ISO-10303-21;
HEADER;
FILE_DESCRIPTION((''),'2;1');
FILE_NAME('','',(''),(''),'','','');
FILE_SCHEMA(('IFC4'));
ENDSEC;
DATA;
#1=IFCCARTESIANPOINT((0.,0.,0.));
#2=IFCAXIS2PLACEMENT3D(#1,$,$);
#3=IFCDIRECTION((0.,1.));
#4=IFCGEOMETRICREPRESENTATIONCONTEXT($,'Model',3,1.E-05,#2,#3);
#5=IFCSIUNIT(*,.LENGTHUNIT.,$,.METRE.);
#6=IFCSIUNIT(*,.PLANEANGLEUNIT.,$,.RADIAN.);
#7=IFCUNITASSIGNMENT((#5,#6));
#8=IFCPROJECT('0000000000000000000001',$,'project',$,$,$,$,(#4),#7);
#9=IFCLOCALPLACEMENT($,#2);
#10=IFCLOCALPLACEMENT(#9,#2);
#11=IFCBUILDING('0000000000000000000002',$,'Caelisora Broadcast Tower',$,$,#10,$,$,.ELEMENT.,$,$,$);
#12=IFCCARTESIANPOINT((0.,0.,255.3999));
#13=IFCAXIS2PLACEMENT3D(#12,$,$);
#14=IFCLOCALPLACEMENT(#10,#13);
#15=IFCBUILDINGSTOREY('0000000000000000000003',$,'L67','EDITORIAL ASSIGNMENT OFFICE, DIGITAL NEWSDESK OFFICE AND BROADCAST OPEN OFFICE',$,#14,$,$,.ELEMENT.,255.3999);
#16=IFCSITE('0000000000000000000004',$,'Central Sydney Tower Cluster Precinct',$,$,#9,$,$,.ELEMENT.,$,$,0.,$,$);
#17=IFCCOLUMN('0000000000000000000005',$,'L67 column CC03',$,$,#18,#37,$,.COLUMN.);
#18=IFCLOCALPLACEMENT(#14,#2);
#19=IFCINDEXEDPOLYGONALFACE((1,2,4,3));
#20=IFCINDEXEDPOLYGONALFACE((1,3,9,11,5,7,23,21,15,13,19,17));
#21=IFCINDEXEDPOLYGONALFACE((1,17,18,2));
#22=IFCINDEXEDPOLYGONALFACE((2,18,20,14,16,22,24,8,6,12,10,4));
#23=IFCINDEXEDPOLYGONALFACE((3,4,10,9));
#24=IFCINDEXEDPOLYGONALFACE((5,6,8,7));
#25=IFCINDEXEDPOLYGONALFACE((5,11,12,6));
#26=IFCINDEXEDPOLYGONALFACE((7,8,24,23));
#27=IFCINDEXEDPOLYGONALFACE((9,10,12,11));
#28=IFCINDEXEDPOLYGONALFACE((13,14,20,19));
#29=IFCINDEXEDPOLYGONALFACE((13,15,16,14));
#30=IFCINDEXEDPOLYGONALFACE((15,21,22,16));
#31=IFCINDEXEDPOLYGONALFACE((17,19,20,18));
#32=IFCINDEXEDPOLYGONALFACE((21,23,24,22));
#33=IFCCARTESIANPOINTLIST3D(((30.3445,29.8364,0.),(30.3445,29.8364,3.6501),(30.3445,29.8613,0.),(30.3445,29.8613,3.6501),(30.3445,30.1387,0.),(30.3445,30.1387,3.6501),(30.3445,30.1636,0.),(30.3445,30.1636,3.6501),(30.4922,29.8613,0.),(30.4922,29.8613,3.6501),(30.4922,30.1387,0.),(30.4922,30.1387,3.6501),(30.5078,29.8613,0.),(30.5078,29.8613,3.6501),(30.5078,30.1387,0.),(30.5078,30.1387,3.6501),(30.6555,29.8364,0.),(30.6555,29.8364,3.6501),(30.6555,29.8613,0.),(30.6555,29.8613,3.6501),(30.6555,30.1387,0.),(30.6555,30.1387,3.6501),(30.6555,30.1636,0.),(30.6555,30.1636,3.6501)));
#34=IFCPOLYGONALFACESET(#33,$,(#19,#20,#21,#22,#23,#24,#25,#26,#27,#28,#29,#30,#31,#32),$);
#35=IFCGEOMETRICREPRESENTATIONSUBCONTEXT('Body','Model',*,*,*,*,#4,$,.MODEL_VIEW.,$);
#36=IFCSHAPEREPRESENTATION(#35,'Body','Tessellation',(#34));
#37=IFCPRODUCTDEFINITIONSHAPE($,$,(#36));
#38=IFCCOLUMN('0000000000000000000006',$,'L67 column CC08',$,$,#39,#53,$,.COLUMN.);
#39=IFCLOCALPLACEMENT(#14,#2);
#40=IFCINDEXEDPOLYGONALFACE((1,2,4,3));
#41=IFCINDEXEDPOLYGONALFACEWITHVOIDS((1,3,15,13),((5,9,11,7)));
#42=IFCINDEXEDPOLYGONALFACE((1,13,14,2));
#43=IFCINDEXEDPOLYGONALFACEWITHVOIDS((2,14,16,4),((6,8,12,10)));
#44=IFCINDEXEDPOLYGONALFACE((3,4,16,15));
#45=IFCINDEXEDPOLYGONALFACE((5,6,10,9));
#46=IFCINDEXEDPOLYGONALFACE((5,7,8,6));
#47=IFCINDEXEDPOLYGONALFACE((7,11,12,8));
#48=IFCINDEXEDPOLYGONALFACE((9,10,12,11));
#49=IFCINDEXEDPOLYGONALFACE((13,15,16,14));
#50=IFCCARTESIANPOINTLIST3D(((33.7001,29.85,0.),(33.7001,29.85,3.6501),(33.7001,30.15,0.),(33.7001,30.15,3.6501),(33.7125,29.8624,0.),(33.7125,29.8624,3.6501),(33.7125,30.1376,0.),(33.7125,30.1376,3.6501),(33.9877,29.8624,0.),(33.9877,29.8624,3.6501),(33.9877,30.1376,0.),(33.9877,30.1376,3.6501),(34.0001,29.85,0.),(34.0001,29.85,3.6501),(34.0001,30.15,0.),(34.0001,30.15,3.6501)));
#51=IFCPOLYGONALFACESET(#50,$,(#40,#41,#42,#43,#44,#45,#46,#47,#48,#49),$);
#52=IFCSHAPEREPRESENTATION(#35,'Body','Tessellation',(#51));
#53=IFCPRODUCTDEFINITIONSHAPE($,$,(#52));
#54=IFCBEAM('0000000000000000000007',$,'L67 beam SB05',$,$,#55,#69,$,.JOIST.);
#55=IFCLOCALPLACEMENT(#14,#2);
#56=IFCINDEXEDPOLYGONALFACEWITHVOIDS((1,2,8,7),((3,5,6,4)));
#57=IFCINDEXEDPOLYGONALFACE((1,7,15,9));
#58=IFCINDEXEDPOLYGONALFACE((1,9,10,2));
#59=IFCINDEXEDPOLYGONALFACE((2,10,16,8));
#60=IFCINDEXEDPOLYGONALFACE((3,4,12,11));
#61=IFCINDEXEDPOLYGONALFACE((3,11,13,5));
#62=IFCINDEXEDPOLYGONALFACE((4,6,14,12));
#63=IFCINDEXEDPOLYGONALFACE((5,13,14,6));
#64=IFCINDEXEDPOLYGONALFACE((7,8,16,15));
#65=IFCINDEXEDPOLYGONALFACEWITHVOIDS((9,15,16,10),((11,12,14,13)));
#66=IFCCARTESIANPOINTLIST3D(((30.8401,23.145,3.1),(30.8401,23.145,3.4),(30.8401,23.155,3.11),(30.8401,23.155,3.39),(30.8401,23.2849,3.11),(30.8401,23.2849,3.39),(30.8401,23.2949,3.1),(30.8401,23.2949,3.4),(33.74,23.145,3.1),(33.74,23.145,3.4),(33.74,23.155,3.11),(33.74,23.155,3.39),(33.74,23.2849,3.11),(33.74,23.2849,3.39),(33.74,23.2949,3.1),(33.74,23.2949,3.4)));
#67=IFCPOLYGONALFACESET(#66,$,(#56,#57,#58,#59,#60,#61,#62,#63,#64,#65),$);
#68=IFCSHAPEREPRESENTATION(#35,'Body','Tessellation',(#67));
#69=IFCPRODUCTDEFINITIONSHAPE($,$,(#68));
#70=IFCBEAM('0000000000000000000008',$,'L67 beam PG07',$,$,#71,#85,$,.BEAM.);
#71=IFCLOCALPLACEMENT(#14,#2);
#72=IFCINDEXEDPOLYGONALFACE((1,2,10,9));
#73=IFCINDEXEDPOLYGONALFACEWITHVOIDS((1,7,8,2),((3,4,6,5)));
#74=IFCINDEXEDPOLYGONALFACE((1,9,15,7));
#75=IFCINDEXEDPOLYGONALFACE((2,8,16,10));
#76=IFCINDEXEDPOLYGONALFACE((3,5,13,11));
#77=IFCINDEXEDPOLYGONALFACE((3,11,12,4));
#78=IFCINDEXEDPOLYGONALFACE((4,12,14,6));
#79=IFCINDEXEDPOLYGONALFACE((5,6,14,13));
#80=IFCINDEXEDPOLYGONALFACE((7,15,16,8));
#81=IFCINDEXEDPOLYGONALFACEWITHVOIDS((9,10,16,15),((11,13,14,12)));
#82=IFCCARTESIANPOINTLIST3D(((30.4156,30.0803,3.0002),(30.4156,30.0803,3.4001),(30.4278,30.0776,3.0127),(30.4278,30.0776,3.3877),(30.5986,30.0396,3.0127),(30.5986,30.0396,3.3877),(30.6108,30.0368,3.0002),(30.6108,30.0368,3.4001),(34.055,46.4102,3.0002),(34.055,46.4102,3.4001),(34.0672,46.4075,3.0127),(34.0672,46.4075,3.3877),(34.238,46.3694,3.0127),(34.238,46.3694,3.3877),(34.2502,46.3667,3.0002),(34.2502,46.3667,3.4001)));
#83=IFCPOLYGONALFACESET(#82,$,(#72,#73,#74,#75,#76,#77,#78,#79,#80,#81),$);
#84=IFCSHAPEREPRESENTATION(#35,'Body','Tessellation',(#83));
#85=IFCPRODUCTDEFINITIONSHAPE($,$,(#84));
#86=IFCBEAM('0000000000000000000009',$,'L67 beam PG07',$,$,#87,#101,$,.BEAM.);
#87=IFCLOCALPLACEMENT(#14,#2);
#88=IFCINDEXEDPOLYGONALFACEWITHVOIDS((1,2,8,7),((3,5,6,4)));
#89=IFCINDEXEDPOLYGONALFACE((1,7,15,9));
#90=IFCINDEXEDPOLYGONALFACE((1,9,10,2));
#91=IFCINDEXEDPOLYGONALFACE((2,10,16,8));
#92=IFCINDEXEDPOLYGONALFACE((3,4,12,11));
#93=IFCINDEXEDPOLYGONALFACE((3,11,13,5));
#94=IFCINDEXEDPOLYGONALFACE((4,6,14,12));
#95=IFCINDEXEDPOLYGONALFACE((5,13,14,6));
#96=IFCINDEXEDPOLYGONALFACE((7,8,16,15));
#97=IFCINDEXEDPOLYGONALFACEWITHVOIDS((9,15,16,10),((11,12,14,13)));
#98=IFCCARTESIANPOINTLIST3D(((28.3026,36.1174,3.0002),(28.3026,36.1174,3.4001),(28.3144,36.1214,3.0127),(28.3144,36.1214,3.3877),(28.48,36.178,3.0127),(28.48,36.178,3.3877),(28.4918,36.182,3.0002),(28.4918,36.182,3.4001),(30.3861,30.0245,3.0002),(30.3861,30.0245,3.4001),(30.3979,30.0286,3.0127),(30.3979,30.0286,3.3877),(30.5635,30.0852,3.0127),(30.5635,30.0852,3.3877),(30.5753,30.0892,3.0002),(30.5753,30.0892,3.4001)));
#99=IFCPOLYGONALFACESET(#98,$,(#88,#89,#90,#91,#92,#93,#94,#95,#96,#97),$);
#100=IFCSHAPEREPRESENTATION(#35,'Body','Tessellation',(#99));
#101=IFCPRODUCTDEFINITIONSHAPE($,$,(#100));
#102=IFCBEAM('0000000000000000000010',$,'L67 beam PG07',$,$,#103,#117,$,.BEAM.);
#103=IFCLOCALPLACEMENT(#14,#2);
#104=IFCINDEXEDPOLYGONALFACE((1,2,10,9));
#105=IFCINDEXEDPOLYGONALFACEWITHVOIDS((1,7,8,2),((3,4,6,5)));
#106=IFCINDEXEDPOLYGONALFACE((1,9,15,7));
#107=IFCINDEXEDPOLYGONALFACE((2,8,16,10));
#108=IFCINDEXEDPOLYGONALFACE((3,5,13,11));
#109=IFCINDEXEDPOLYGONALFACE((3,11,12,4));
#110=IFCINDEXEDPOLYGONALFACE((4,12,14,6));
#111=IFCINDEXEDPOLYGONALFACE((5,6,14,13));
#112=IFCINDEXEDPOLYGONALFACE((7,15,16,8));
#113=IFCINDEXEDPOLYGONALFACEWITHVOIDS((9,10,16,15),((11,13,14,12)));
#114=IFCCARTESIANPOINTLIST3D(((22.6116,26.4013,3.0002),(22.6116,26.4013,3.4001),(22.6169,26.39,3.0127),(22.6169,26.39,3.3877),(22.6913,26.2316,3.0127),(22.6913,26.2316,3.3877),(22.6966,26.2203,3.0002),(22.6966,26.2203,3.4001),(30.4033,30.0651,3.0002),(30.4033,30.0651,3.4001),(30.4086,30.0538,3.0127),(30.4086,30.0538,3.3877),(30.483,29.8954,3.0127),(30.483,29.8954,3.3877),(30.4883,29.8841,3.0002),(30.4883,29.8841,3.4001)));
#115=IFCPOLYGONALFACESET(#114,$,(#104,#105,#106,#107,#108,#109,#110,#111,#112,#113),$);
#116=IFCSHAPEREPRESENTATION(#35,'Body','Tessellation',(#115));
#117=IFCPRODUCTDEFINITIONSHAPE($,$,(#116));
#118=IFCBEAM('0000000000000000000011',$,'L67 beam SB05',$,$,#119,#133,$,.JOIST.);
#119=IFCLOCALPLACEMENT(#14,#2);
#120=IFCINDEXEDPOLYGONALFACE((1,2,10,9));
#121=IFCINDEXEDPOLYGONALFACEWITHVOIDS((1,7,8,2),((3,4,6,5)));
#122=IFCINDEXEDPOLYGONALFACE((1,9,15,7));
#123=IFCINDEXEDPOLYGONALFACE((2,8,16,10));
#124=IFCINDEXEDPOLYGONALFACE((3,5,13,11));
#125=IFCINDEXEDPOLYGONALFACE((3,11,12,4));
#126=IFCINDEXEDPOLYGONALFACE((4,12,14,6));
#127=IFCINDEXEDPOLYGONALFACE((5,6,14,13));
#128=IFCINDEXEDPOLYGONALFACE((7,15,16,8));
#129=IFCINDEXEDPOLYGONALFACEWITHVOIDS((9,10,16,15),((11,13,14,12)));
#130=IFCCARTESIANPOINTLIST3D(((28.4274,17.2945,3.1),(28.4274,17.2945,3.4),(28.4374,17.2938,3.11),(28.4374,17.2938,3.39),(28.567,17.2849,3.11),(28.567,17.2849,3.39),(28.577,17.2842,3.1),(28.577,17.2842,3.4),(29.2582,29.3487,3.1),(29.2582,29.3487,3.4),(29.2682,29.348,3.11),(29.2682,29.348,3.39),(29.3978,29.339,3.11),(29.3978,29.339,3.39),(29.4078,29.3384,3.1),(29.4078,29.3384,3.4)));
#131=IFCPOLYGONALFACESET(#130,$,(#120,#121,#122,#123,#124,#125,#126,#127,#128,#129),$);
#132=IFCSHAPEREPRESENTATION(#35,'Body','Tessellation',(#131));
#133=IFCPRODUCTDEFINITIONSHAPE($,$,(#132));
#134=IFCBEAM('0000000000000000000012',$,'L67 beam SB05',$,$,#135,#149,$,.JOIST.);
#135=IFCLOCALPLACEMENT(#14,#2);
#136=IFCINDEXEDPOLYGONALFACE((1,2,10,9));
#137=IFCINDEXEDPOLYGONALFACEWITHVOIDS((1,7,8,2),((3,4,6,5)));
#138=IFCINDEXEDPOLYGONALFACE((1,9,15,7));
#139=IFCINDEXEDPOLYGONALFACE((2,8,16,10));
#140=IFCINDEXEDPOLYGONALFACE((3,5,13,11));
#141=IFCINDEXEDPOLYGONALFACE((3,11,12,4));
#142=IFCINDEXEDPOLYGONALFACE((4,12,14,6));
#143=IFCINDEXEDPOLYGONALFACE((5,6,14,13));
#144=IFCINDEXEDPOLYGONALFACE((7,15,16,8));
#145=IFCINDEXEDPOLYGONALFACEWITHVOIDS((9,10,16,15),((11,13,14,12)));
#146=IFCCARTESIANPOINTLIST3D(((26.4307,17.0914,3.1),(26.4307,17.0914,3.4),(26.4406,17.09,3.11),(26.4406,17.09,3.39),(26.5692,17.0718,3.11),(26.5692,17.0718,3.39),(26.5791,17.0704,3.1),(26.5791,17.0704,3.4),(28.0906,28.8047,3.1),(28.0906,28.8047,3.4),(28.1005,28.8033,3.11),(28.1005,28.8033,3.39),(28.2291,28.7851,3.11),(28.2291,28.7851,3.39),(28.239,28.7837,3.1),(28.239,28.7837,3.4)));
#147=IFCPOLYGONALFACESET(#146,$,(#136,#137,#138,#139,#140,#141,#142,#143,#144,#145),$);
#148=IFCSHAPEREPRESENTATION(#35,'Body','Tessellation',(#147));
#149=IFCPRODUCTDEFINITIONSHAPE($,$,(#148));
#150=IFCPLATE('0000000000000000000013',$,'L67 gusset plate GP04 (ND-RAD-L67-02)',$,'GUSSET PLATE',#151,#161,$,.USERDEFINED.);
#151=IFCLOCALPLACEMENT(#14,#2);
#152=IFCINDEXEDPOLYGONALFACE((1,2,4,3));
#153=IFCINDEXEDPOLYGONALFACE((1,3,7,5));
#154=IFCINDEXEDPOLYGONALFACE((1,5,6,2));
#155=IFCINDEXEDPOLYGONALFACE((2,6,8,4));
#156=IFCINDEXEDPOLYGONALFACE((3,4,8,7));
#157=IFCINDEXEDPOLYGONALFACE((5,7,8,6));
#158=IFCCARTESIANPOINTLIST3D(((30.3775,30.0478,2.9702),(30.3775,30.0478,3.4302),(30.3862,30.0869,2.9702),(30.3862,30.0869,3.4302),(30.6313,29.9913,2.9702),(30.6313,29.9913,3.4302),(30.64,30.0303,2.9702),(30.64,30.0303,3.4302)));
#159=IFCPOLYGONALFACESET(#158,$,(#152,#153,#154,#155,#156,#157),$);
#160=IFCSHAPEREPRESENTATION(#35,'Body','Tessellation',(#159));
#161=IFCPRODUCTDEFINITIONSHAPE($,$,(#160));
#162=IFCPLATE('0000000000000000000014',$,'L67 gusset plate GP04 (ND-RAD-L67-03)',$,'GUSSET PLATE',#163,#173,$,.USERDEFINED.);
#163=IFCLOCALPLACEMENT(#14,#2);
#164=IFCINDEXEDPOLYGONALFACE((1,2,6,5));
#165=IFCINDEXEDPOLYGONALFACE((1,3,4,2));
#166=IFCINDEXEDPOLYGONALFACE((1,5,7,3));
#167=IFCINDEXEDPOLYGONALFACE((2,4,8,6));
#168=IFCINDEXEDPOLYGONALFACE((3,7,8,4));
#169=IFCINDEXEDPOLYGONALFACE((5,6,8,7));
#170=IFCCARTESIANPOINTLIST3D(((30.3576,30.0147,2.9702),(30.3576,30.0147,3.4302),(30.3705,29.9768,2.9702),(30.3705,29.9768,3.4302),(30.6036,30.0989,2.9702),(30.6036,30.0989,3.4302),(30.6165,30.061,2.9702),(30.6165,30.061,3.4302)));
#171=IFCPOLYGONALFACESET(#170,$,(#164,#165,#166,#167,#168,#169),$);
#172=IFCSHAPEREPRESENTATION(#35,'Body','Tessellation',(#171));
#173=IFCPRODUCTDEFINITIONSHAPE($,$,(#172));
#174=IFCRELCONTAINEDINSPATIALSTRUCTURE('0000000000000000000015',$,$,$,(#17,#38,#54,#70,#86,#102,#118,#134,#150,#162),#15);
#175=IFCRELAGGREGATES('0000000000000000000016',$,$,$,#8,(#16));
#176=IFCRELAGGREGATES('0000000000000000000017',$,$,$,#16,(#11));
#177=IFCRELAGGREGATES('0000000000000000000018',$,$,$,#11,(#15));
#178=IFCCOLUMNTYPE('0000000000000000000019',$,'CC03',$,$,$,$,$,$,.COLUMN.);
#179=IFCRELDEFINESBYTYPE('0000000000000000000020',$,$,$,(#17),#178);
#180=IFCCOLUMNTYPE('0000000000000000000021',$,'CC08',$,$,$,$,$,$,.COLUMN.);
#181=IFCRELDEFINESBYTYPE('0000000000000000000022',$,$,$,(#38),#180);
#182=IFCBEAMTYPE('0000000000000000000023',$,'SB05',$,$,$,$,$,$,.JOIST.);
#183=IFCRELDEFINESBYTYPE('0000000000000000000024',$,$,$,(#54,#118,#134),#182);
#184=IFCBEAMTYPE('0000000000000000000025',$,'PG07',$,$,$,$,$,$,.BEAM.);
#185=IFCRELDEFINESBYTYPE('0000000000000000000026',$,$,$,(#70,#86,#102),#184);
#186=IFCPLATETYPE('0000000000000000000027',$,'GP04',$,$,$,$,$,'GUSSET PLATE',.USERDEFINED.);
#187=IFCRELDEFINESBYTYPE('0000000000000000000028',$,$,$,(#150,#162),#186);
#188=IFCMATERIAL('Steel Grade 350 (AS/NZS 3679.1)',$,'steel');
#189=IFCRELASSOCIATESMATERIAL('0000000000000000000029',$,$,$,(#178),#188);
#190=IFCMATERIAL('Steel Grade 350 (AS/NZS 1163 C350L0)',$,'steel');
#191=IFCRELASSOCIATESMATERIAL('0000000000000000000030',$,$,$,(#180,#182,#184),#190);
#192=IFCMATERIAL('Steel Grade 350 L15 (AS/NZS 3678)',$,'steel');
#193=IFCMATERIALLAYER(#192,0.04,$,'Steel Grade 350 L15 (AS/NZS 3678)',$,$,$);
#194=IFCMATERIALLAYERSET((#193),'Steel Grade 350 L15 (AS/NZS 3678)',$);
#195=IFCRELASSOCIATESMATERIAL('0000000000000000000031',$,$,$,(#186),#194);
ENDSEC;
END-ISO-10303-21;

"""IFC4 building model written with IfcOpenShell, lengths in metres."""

from ifc_helpers import new_model, si_unit, direction, frame, origin, origin_2d, place, context, subcontext, project, spatial, rectangle, hollow_rectangle, i_section, extrude, source, transform, mapped, material, layer, layer_set, material_profile, profile_set, type_object, type_shapes, element, save


model = new_model("IFC4")

# Units and contexts
model_context = context("Model", 3, precision=1e-05, world=origin(), true_north=direction((0.0, 1.0)))
body_context = subcontext(model_context, "Body", "Model", "MODEL_VIEW")
ifc_project = project(units=[si_unit("LENGTHUNIT", "METRE"), si_unit("PLANEANGLEUNIT", "RADIAN")], contexts=[model_context])

# Site, building, storey
site_placement = place(None, origin())
site = spatial("IfcSite", under=ifc_project, at=site_placement, Name="Central Sydney Tower Cluster Precinct", CompositionType="ELEMENT", RefElevation=0.0)
building_placement = place(site_placement, origin())
building = spatial("IfcBuilding", under=site, at=building_placement, Name="Caelisora Broadcast Tower", CompositionType="ELEMENT")
storey_placement = place(building_placement, frame((0.0, 0.0, 255.3999)))
storey = spatial("IfcBuildingStorey", under=building, at=storey_placement, Name="L67", Description="EDITORIAL ASSIGNMENT OFFICE, DIGITAL NEWSDESK OFFICE AND BROADCAST OPEN OFFICE", CompositionType="ELEMENT", Elevation=255.3999)

# Columns
ifc_material_1 = material(Name="Steel Grade 350 (AS/NZS 3679.1)", Category="steel")
ifc_material_profile_1 = material_profile(ifc_material_1, i_section(OverallWidth=0.311, OverallDepth=0.3271, WebThickness=0.0156, FlangeThickness=0.0249, at=origin_2d()), Name="Steel Grade 350 (AS/NZS 3679.1)")
ifc_profile_set_1 = profile_set([ifc_material_profile_1], Name="Steel Grade 350 (AS/NZS 3679.1)")
column_type_1 = type_object("IfcColumnType", Name="CC03", PredefinedType="COLUMN", material=ifc_profile_set_1)
shared_shape_1 = source(origin(), body_context, "Body", "SweptSolid", [
    extrude(i_section(OverallWidth=0.311, OverallDepth=0.3271, WebThickness=0.0156, FlangeThickness=0.0249, at=origin_2d()), origin(), (0.0, 0.0, 1.0), 3.6501),
])
type_shapes(column_type_1, [shared_shape_1])
column_1_placement = place(storey_placement, frame((30.5, 30.0, 0.0), z_axis=(0.0, 0.0, 1.0), x_axis=(1.0, 0.0, 0.0)))
element("IfcColumn", 1, at=column_1_placement, inside=storey, type_object=column_type_1, Name="L67 column CC03", PredefinedType="COLUMN", context=body_context, shape_type="MappedRepresentation", body=[
    mapped(shared_shape_1, transform((0.0, 0.0, 0.0), scale=1.0)),
])
ifc_material_2 = material(Name="Steel Grade 350 (AS/NZS 1163 C350L0)", Category="steel")
ifc_material_profile_2 = material_profile(ifc_material_2, hollow_rectangle(XDim=0.3, YDim=0.3, WallThickness=0.0125, at=origin_2d()), Name="Steel Grade 350 (AS/NZS 1163 C350L0)")
ifc_profile_set_2 = profile_set([ifc_material_profile_2], Name="Steel Grade 350 (AS/NZS 1163 C350L0)")
column_type_2 = type_object("IfcColumnType", Name="CC08", PredefinedType="COLUMN", material=ifc_profile_set_2)
shared_shape_2 = source(origin(), body_context, "Body", "SweptSolid", [
    extrude(hollow_rectangle(XDim=0.3, YDim=0.3, WallThickness=0.0125, at=origin_2d()), origin(), (0.0, 0.0, 1.0), 3.6501),
])
type_shapes(column_type_2, [shared_shape_2])
column_2_placement = place(storey_placement, frame((33.8501, 30.0, 0.0), z_axis=(0.0, 0.0, 1.0), x_axis=(1.0, 0.0, 0.0)))
element("IfcColumn", 2, at=column_2_placement, inside=storey, type_object=column_type_2, Name="L67 column CC08", PredefinedType="COLUMN", context=body_context, shape_type="MappedRepresentation", body=[
    mapped(shared_shape_2, transform((0.0, 0.0, 0.0), scale=1.0)),
])

# Beams
ifc_material_profile_3 = material_profile(ifc_material_2, hollow_rectangle(XDim=0.1499, YDim=0.3, WallThickness=0.01, at=origin_2d()), Name="Steel Grade 350 (AS/NZS 1163 C350L0)")
ifc_profile_set_3 = profile_set([ifc_material_profile_3], Name="Steel Grade 350 (AS/NZS 1163 C350L0)")
beam_type_1 = type_object("IfcBeamType", Name="SB05", PredefinedType="JOIST", material=ifc_profile_set_3)
shared_shape_3 = source(origin(), body_context, "Body", "SweptSolid", [
    extrude(hollow_rectangle(XDim=0.1499, YDim=0.3, WallThickness=0.01, at=origin_2d()), origin(), (0.0, 0.0, 1.0), 2.8999),
])
beam_1_placement = place(storey_placement, frame((30.8401, 23.22, 3.25), z_axis=(1.0, 0.0, 0.0), x_axis=(0.0, 1.0, 0.0)))
element("IfcBeam", 3, at=beam_1_placement, inside=storey, type_object=beam_type_1, Name="L67 beam SB05", PredefinedType="JOIST", context=body_context, shape_type="MappedRepresentation", body=[
    mapped(shared_shape_3, transform((0.0, 0.0, 0.0), scale=1.0)),
])
ifc_material_profile_4 = material_profile(ifc_material_2, hollow_rectangle(XDim=0.2, YDim=0.3999, WallThickness=0.0125, at=origin_2d()), Name="Steel Grade 350 (AS/NZS 1163 C350L0)")
ifc_profile_set_4 = profile_set([ifc_material_profile_4], Name="Steel Grade 350 (AS/NZS 1163 C350L0)")
beam_type_2 = type_object("IfcBeamType", Name="PG07", PredefinedType="BEAM", material=ifc_profile_set_4)
shared_shape_4 = source(origin(), body_context, "Body", "SweptSolid", [
    extrude(hollow_rectangle(XDim=0.2, YDim=0.3999, WallThickness=0.0125, at=origin_2d()), origin(), (0.0, 0.0, 1.0), 16.7305),
])
beam_2_placement = place(storey_placement, frame((30.5132, 30.0586, 3.2002), z_axis=(0.217531, 0.976053, 0.0), x_axis=(-0.976053, 0.217531, 0.0)))
element("IfcBeam", 4, at=beam_2_placement, inside=storey, type_object=beam_type_2, Name="L67 beam PG07", PredefinedType="BEAM", context=body_context, shape_type="MappedRepresentation", body=[
    mapped(shared_shape_4, transform((0.0, 0.0, 0.0), scale=1.0)),
])
shared_shape_5 = source(origin(), body_context, "Body", "SweptSolid", [
    extrude(hollow_rectangle(XDim=0.2, YDim=0.3999, WallThickness=0.0125, at=origin_2d()), origin(), (0.0, 0.0, 1.0), 6.4392),
])
beam_3_placement = place(storey_placement, frame((30.4807, 30.0569, 3.2002), z_axis=(-0.323566, 0.946206, 0.0), x_axis=(-0.946206, -0.323566, 0.0)))
element("IfcBeam", 5, at=beam_3_placement, inside=storey, type_object=beam_type_2, Name="L67 beam PG07", PredefinedType="BEAM", context=body_context, shape_type="MappedRepresentation", body=[
    mapped(shared_shape_5, transform((0.0, 0.0, 0.0), scale=1.0)),
])
shared_shape_6 = source(origin(), body_context, "Body", "SweptSolid", [
    extrude(hollow_rectangle(XDim=0.2, YDim=0.3999, WallThickness=0.0125, at=origin_2d()), origin(), (0.0, 0.0, 1.0), 8.6101),
])
type_shapes(beam_type_2, [shared_shape_4, shared_shape_5, shared_shape_6])
beam_4_placement = place(storey_placement, frame((30.4458, 29.9746, 3.2002), z_axis=(-0.904948, -0.425523, 0.0), x_axis=(0.425523, -0.904948, 0.0)))
element("IfcBeam", 6, at=beam_4_placement, inside=storey, type_object=beam_type_2, Name="L67 beam PG07", PredefinedType="BEAM", context=body_context, shape_type="MappedRepresentation", body=[
    mapped(shared_shape_6, transform((0.0, 0.0, 0.0), scale=1.0)),
])
shared_shape_7 = source(origin(), body_context, "Body", "SweptSolid", [
    extrude(hollow_rectangle(XDim=0.1499, YDim=0.3, WallThickness=0.01, at=origin_2d()), origin(), (0.0, 0.0, 1.0), 12.0828),
])
beam_5_placement = place(storey_placement, frame((29.333, 29.3435, 3.25), z_axis=(-0.06876, -0.997633, 0.0), x_axis=(0.997633, -0.06876, 0.0)))
element("IfcBeam", 7, at=beam_5_placement, inside=storey, type_object=beam_type_1, Name="L67 beam SB05", PredefinedType="JOIST", context=body_context, shape_type="MappedRepresentation", body=[
    mapped(shared_shape_7, transform((0.0, 0.0, 0.0), scale=1.0)),
])
shared_shape_8 = source(origin(), body_context, "Body", "SweptSolid", [
    extrude(hollow_rectangle(XDim=0.1499, YDim=0.3, WallThickness=0.01, at=origin_2d()), origin(), (0.0, 0.0, 1.0), 11.8303),
])
type_shapes(beam_type_1, [shared_shape_3, shared_shape_7, shared_shape_8])
beam_6_placement = place(storey_placement, frame((28.1648, 28.7942, 3.25), z_axis=(-0.140309, -0.990108, 0.0), x_axis=(0.990108, -0.140309, 0.0)))
element("IfcBeam", 8, at=beam_6_placement, inside=storey, type_object=beam_type_1, Name="L67 beam SB05", PredefinedType="JOIST", context=body_context, shape_type="MappedRepresentation", body=[
    mapped(shared_shape_8, transform((0.0, 0.0, 0.0), scale=1.0)),
])

# Plates
ifc_material_3 = material(Name="Steel Grade 350 L15 (AS/NZS 3678)", Category="steel")
ifc_layer_1 = layer(ifc_material_3, 0.04, Name="Steel Grade 350 L15 (AS/NZS 3678)")
ifc_layer_set_1 = layer_set([ifc_layer_1], Name="Steel Grade 350 L15 (AS/NZS 3678)")
plate_type = type_object("IfcPlateType", Name="GP04", ElementType="GUSSET PLATE", PredefinedType="USERDEFINED", material=ifc_layer_set_1)
shared_shape_9 = source(origin(), body_context, "Body", "SweptSolid", [
    extrude(rectangle(XDim=0.26, YDim=0.04, at=origin_2d()), origin(), (0.0, 0.0, 1.0), 0.46),
])
for number, where, z_axis, x_axis, name in (
    (9, (30.5088, 30.0391, 2.9702), (0.0, 0.0, 1.0), (-0.976069, 0.217462, 0.0), "L67 gusset plate GP04 (ND-RAD-L67-02)"),
    (10, (30.4871, 30.0378, 2.9702), (0.0, 0.0, 1.0), (-0.946198, -0.323587, 0.0), "L67 gusset plate GP04 (ND-RAD-L67-03)"),
):
    element("IfcPlate", number, at=place(storey_placement, frame(where, z_axis=z_axis, x_axis=x_axis)), inside=storey, type_object=plate_type, Name=name, ObjectType="GUSSET PLATE", PredefinedType="USERDEFINED", context=body_context, shape_type="MappedRepresentation", body=[
        mapped(shared_shape_9, transform((0.0, 0.0, 0.0), scale=1.0)),
    ])

save(model, "model.ifc")
